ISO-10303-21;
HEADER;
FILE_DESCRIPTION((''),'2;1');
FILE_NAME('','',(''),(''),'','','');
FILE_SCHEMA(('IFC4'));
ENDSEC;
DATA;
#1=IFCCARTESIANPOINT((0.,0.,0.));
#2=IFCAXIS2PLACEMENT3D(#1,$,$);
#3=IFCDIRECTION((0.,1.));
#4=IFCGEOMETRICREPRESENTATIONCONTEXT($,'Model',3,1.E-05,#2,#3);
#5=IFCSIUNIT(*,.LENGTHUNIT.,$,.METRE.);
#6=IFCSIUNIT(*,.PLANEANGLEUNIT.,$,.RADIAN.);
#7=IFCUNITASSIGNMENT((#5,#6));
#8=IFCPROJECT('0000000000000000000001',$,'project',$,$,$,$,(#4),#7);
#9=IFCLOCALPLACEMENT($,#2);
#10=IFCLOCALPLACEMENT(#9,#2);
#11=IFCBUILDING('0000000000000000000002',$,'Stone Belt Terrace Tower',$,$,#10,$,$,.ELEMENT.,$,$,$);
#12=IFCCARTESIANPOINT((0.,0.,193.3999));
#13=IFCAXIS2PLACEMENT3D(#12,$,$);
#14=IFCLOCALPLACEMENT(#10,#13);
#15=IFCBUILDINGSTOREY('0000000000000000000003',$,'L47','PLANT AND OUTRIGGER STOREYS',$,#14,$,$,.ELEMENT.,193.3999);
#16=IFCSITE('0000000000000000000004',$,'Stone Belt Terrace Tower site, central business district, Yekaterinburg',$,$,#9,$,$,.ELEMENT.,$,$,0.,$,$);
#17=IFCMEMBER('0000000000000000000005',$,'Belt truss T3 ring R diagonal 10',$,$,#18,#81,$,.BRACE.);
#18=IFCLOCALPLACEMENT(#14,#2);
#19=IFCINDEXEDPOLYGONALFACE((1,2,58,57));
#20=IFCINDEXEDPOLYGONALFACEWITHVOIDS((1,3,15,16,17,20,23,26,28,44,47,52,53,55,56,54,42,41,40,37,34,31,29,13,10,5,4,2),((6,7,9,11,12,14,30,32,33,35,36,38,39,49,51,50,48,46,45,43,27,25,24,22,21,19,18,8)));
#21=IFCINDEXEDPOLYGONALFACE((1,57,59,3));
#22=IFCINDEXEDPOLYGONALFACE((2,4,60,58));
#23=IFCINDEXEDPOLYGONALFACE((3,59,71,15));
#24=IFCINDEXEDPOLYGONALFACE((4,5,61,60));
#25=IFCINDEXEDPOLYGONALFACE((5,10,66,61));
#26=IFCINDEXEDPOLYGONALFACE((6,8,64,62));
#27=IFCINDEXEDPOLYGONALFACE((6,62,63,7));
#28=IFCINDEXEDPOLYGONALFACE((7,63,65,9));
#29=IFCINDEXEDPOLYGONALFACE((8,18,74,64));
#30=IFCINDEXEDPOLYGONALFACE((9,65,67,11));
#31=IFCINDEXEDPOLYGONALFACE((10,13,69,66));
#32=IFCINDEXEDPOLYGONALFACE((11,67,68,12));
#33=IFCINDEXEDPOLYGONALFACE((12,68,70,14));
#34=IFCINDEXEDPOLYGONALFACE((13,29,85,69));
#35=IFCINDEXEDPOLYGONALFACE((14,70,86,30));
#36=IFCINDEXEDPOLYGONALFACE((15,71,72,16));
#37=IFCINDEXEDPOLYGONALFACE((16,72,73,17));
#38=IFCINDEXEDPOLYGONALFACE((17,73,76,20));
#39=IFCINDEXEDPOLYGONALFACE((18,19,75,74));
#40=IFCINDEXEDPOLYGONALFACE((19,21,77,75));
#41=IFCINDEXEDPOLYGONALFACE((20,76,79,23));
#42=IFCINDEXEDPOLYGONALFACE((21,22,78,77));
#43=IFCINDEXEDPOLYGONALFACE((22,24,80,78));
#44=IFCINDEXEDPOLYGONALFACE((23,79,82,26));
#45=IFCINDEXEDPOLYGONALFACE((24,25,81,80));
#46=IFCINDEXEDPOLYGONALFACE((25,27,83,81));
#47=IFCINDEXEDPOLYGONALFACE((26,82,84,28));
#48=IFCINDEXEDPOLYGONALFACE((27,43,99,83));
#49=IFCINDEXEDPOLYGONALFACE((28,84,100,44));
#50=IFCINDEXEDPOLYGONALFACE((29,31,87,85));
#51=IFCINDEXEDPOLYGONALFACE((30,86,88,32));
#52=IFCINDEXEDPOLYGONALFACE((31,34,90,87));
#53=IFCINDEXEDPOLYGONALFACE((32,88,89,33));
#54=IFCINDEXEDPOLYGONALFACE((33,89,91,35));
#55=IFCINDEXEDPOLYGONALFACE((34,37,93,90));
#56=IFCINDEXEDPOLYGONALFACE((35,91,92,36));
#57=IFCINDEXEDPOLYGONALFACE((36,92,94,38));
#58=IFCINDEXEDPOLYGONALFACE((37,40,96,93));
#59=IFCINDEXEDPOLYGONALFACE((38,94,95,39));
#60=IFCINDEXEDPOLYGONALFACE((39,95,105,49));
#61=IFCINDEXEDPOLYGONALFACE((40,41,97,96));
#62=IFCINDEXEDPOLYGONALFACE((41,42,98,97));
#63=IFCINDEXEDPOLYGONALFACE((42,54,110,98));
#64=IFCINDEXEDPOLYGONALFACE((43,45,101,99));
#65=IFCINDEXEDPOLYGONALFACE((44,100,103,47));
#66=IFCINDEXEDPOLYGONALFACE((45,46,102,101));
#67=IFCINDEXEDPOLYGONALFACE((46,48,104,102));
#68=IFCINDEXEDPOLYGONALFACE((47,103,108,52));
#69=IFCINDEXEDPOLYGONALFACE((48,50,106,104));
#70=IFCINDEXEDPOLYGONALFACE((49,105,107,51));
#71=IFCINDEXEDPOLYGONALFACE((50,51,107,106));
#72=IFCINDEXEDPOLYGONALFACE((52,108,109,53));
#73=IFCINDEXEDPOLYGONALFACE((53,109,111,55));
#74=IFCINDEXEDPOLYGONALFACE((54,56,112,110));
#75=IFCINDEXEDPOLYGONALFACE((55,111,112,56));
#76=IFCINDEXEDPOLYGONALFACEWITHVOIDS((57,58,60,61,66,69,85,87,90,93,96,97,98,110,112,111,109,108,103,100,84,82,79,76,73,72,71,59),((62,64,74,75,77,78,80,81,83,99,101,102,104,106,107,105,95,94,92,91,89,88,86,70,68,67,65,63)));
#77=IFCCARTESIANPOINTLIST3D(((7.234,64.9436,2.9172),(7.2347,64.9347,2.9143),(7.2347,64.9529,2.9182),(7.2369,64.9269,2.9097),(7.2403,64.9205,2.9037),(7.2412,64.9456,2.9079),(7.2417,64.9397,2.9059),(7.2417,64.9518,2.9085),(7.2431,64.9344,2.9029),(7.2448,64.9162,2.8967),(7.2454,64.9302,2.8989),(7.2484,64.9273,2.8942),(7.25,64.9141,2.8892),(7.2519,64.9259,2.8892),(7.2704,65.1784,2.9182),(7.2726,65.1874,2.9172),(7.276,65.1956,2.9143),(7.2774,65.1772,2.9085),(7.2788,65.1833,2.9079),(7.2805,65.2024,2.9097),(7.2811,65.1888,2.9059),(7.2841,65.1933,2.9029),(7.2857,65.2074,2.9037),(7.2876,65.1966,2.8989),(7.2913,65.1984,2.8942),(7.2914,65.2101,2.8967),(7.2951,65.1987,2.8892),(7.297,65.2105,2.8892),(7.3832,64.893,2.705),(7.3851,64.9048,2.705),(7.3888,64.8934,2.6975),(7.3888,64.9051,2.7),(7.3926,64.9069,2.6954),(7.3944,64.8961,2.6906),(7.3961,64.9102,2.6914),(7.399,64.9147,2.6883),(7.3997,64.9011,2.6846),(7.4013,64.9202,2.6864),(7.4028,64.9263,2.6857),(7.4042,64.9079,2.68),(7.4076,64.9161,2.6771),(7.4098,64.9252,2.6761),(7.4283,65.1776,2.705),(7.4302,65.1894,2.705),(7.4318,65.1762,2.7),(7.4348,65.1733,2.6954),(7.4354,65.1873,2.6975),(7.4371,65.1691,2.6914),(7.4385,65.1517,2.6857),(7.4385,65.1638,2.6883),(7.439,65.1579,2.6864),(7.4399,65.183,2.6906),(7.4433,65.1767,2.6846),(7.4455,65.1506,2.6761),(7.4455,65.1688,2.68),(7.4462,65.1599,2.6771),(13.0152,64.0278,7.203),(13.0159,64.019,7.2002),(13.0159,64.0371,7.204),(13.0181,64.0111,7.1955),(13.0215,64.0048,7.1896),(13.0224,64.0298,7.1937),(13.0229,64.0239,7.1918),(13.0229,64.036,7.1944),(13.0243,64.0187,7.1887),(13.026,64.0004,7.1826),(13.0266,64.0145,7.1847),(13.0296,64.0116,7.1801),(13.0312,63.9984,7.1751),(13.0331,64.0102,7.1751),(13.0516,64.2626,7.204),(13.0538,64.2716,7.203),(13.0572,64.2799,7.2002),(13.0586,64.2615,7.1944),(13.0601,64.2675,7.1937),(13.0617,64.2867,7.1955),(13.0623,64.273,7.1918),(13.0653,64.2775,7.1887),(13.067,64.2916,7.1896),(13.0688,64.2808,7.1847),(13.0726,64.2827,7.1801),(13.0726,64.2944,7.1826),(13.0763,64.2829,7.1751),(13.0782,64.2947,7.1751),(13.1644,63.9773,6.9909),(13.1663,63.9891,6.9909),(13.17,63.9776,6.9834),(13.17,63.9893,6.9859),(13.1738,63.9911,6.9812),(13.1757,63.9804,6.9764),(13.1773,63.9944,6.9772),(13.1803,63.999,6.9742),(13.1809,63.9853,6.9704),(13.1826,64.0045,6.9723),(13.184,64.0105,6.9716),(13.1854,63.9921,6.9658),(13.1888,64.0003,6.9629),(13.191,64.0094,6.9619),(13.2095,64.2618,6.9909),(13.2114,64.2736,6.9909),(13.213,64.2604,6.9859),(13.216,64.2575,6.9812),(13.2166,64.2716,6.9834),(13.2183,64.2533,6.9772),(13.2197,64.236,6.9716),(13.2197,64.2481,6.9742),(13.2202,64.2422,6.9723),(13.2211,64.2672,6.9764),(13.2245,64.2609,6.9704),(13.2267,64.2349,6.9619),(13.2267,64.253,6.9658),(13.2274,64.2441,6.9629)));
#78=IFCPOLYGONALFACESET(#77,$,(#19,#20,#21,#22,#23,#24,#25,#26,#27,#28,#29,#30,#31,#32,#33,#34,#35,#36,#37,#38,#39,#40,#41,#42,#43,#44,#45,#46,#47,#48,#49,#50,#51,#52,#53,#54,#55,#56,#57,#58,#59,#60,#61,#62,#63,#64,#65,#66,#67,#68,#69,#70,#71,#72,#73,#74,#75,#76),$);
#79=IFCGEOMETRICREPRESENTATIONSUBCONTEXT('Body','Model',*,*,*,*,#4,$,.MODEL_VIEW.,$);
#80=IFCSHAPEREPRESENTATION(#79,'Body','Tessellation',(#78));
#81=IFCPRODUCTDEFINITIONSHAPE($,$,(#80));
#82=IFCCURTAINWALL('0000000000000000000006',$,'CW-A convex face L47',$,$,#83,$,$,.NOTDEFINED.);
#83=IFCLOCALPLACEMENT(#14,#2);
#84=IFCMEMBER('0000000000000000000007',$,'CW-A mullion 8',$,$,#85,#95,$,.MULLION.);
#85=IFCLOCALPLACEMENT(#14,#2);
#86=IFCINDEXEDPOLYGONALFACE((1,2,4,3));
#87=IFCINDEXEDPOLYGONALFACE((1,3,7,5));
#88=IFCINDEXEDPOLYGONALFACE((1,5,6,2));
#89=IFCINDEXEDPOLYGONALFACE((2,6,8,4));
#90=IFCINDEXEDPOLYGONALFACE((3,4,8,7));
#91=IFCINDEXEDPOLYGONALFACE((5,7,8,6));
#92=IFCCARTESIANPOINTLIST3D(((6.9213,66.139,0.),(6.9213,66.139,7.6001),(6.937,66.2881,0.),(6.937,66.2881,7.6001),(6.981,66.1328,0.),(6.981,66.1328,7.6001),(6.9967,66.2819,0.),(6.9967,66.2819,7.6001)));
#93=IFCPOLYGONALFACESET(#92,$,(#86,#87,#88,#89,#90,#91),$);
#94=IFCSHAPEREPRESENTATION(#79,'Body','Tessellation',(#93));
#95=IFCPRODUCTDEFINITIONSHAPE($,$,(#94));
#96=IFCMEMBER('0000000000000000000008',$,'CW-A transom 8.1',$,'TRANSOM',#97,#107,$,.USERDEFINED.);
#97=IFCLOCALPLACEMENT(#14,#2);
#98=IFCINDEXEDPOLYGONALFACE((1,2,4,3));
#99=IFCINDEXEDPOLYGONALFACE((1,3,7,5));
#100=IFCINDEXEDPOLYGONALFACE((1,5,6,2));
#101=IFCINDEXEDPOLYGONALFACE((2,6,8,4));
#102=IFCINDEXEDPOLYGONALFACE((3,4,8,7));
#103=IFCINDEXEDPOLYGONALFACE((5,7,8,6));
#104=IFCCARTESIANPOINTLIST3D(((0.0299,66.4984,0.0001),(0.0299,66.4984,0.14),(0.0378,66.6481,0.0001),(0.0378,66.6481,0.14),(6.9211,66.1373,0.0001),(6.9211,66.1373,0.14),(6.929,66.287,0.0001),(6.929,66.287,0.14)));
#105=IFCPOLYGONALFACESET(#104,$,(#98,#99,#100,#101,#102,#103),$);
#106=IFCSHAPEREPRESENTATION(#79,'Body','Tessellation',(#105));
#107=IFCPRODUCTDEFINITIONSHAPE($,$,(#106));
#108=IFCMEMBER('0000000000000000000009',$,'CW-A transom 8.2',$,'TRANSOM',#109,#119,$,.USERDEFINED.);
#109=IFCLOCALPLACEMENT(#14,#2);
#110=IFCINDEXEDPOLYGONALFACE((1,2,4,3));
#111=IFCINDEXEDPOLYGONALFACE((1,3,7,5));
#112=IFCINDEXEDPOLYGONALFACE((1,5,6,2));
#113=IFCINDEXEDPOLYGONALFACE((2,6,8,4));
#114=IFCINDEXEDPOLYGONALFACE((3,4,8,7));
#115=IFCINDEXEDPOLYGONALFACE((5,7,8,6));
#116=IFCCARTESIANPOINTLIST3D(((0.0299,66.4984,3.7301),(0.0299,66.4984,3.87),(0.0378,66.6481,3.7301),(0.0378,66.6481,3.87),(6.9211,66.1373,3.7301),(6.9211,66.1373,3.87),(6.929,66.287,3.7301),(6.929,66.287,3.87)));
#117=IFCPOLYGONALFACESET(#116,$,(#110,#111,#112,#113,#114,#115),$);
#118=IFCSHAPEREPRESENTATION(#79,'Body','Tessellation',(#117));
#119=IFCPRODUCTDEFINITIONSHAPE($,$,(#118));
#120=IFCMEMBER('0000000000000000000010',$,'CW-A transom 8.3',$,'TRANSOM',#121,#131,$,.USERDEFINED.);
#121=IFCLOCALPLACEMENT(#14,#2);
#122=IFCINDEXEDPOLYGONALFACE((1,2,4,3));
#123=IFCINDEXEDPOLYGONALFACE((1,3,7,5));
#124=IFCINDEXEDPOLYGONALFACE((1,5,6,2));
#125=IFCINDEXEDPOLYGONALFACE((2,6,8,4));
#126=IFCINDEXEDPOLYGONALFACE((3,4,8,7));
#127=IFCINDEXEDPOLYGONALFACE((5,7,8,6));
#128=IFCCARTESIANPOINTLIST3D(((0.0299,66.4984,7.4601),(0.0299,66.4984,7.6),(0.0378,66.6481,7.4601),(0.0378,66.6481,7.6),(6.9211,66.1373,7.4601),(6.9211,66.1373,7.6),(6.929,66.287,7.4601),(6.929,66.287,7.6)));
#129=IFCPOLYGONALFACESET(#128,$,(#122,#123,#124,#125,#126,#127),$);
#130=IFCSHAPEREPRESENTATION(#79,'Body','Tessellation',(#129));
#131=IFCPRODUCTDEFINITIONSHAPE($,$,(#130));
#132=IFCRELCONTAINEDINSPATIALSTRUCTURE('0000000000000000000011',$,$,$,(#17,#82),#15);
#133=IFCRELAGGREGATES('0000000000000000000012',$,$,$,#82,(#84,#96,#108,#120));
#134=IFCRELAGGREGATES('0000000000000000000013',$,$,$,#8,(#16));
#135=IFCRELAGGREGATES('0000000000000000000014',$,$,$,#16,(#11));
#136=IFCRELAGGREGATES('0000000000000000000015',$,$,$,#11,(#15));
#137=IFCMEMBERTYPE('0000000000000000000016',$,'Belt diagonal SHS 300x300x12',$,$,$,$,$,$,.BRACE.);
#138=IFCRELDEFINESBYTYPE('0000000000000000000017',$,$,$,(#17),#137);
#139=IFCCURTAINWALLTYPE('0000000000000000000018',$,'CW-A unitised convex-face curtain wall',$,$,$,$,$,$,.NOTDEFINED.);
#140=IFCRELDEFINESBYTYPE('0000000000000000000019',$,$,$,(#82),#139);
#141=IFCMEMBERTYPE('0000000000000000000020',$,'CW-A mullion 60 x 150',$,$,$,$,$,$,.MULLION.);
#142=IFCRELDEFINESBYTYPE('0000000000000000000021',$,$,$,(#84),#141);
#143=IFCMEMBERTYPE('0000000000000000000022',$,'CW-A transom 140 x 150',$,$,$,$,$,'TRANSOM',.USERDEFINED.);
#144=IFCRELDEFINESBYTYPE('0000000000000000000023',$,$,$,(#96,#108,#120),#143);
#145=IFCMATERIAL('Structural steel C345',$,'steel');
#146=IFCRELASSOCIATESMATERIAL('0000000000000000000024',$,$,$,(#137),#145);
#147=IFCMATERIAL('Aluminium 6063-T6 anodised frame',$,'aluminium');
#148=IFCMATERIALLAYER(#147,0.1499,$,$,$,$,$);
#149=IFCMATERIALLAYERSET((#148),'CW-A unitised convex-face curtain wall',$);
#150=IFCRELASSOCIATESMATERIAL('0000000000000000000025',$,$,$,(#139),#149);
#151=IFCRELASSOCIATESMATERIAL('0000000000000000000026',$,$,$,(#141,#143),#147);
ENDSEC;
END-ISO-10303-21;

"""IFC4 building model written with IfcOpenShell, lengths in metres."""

from ifc_helpers import new_model, si_unit, direction, frame, origin, origin_2d, place, context, subcontext, project, spatial, rectangle, hollow_rectangle, extrude, material, layer, layer_set, material_profile, profile_set, type_object, element, aggregate, save


model = new_model("IFC4")

# Units and contexts
model_context = context("Model", 3, precision=1e-05, world=origin(), true_north=direction((0.0, 1.0)))
body_context = subcontext(model_context, "Body", "Model", "MODEL_VIEW")
ifc_project = project(units=[si_unit("LENGTHUNIT", "METRE"), si_unit("PLANEANGLEUNIT", "RADIAN")], contexts=[model_context])

# Site, building, storey
site_placement = place(None, origin())
site = spatial("IfcSite", under=ifc_project, at=site_placement, Name="Stone Belt Terrace Tower site, central business district, Yekaterinburg", CompositionType="ELEMENT", RefElevation=0.0)
building_placement = place(site_placement, origin())
building = spatial("IfcBuilding", under=site, at=building_placement, Name="Stone Belt Terrace Tower", CompositionType="ELEMENT")
storey_placement = place(building_placement, frame((0.0, 0.0, 193.3999)))
storey = spatial("IfcBuildingStorey", under=building, at=storey_placement, Name="L47", Description="PLANT AND OUTRIGGER STOREYS", CompositionType="ELEMENT", Elevation=193.3999)

# Member
ifc_material_1 = material(Name="Structural steel C345", Category="steel")
ifc_material_profile_1 = material_profile(ifc_material_1, hollow_rectangle(XDim=0.3, YDim=0.3, WallThickness=0.012, InnerFilletRadius=0.0239, OuterFilletRadius=0.0359, at=origin_2d()), Name="SHS 300x300x12")
ifc_profile_set_1 = profile_set([ifc_material_profile_1], Name="Structural steel C345")
member_type_1 = type_object("IfcMemberType", Name="Belt diagonal SHS 300x300x12", PredefinedType="BRACE", material=ifc_profile_set_1)
member_1_placement = place(storey_placement, frame((7.3401, 65.0518, 2.7971), z_axis=(0.7969, -0.126232, 0.590776), x_axis=(0.156453, 0.987685, 0.0)))
element("IfcMember", 1, at=member_1_placement, inside=storey, type_object=member_type_1, Name="Belt truss T3 ring R diagonal 10", PredefinedType="BRACE", context=body_context, shape_type="SweptSolid", body=[
    extrude(hollow_rectangle(XDim=0.3, YDim=0.3, WallThickness=0.012, InnerFilletRadius=0.0239, OuterFilletRadius=0.0359, at=origin_2d()), origin(), (0.0, 0.0, 1.0), 7.2546),
])

# Curtain wall, members
ifc_material_2 = material(Name="Aluminium 6063-T6 anodised frame", Category="aluminium")
ifc_layer_1 = layer(ifc_material_2, 0.1499)
ifc_layer_set_1 = layer_set([ifc_layer_1], Name="CW-A unitised convex-face curtain wall")
curtain_wall_type = type_object("IfcCurtainWallType", Name="CW-A unitised convex-face curtain wall", PredefinedType="NOTDEFINED", material=ifc_layer_set_1)
curtain_wall_placement = place(storey_placement, origin())
curtain_wall = element("IfcCurtainWall", 2, at=curtain_wall_placement, inside=storey, type_object=curtain_wall_type, Name="CW-A convex face L47", PredefinedType="NOTDEFINED")
ifc_material_profile_2 = material_profile(ifc_material_2, rectangle(XDim=0.1499, YDim=0.0601, at=origin_2d()), Name="Aluminium 6063-T6 60x150")
ifc_profile_set_2 = profile_set([ifc_material_profile_2], Name="Aluminium 6063-T6 anodised frame")
member_type_2 = type_object("IfcMemberType", Name="CW-A mullion 60 x 150", PredefinedType="MULLION", material=ifc_profile_set_2)
member_2_placement = place(storey_placement, frame((6.959, 66.2104, 0.0), z_axis=(0.0, 0.0, 1.0), x_axis=(-0.104528, -0.994522, 0.0)))
member_2 = element("IfcMember", 3, at=member_2_placement, type_object=member_type_2, Name="CW-A mullion 8", PredefinedType="MULLION", context=body_context, shape_type="SweptSolid", body=[
    extrude(rectangle(XDim=0.1499, YDim=0.0601, at=origin_2d()), origin(), (0.0, 0.0, 1.0), 7.6001),
])
ifc_material_profile_3 = material_profile(ifc_material_2, rectangle(XDim=0.1499, YDim=0.1399, at=origin_2d()), Name="Aluminium 6063-T6 150x140")
ifc_profile_set_3 = profile_set([ifc_material_profile_3], Name="Aluminium 6063-T6 anodised frame")
member_type_3 = type_object("IfcMemberType", Name="CW-A transom 140 x 150", ElementType="TRANSOM", PredefinedType="USERDEFINED", material=ifc_profile_set_3)
member_3_placement = place(storey_placement, frame((6.925, 66.2122, 0.0701), z_axis=(-0.99863, 0.052327, 0.0), x_axis=(-0.052327, -0.99863, 0.0)))
member_3 = element("IfcMember", 4, at=member_3_placement, type_object=member_type_3, Name="CW-A transom 8.1", ObjectType="TRANSOM", PredefinedType="USERDEFINED", context=body_context, shape_type="SweptSolid", body=[
    extrude(rectangle(XDim=0.1499, YDim=0.1399, at=origin_2d()), origin(), (0.0, 0.0, 1.0), 6.9006),
])
member_4_placement = place(storey_placement, frame((6.925, 66.2122, 3.8), z_axis=(-0.99863, 0.052327, 0.0), x_axis=(-0.052327, -0.99863, 0.0)))
member_4 = element("IfcMember", 5, at=member_4_placement, type_object=member_type_3, Name="CW-A transom 8.2", ObjectType="TRANSOM", PredefinedType="USERDEFINED", context=body_context, shape_type="SweptSolid", body=[
    extrude(rectangle(XDim=0.1499, YDim=0.1399, at=origin_2d()), origin(), (0.0, 0.0, 1.0), 6.9006),
])
member_5_placement = place(storey_placement, frame((6.925, 66.2122, 7.53), z_axis=(-0.99863, 0.052327, 0.0), x_axis=(-0.052327, -0.99863, 0.0)))
member_5 = element("IfcMember", 6, at=member_5_placement, type_object=member_type_3, Name="CW-A transom 8.3", ObjectType="TRANSOM", PredefinedType="USERDEFINED", context=body_context, shape_type="SweptSolid", body=[
    extrude(rectangle(XDim=0.1499, YDim=0.1399, at=origin_2d()), origin(), (0.0, 0.0, 1.0), 6.9006),
])

aggregate(curtain_wall, [member_2, member_3, member_4, member_5])

save(model, "model.ifc")
